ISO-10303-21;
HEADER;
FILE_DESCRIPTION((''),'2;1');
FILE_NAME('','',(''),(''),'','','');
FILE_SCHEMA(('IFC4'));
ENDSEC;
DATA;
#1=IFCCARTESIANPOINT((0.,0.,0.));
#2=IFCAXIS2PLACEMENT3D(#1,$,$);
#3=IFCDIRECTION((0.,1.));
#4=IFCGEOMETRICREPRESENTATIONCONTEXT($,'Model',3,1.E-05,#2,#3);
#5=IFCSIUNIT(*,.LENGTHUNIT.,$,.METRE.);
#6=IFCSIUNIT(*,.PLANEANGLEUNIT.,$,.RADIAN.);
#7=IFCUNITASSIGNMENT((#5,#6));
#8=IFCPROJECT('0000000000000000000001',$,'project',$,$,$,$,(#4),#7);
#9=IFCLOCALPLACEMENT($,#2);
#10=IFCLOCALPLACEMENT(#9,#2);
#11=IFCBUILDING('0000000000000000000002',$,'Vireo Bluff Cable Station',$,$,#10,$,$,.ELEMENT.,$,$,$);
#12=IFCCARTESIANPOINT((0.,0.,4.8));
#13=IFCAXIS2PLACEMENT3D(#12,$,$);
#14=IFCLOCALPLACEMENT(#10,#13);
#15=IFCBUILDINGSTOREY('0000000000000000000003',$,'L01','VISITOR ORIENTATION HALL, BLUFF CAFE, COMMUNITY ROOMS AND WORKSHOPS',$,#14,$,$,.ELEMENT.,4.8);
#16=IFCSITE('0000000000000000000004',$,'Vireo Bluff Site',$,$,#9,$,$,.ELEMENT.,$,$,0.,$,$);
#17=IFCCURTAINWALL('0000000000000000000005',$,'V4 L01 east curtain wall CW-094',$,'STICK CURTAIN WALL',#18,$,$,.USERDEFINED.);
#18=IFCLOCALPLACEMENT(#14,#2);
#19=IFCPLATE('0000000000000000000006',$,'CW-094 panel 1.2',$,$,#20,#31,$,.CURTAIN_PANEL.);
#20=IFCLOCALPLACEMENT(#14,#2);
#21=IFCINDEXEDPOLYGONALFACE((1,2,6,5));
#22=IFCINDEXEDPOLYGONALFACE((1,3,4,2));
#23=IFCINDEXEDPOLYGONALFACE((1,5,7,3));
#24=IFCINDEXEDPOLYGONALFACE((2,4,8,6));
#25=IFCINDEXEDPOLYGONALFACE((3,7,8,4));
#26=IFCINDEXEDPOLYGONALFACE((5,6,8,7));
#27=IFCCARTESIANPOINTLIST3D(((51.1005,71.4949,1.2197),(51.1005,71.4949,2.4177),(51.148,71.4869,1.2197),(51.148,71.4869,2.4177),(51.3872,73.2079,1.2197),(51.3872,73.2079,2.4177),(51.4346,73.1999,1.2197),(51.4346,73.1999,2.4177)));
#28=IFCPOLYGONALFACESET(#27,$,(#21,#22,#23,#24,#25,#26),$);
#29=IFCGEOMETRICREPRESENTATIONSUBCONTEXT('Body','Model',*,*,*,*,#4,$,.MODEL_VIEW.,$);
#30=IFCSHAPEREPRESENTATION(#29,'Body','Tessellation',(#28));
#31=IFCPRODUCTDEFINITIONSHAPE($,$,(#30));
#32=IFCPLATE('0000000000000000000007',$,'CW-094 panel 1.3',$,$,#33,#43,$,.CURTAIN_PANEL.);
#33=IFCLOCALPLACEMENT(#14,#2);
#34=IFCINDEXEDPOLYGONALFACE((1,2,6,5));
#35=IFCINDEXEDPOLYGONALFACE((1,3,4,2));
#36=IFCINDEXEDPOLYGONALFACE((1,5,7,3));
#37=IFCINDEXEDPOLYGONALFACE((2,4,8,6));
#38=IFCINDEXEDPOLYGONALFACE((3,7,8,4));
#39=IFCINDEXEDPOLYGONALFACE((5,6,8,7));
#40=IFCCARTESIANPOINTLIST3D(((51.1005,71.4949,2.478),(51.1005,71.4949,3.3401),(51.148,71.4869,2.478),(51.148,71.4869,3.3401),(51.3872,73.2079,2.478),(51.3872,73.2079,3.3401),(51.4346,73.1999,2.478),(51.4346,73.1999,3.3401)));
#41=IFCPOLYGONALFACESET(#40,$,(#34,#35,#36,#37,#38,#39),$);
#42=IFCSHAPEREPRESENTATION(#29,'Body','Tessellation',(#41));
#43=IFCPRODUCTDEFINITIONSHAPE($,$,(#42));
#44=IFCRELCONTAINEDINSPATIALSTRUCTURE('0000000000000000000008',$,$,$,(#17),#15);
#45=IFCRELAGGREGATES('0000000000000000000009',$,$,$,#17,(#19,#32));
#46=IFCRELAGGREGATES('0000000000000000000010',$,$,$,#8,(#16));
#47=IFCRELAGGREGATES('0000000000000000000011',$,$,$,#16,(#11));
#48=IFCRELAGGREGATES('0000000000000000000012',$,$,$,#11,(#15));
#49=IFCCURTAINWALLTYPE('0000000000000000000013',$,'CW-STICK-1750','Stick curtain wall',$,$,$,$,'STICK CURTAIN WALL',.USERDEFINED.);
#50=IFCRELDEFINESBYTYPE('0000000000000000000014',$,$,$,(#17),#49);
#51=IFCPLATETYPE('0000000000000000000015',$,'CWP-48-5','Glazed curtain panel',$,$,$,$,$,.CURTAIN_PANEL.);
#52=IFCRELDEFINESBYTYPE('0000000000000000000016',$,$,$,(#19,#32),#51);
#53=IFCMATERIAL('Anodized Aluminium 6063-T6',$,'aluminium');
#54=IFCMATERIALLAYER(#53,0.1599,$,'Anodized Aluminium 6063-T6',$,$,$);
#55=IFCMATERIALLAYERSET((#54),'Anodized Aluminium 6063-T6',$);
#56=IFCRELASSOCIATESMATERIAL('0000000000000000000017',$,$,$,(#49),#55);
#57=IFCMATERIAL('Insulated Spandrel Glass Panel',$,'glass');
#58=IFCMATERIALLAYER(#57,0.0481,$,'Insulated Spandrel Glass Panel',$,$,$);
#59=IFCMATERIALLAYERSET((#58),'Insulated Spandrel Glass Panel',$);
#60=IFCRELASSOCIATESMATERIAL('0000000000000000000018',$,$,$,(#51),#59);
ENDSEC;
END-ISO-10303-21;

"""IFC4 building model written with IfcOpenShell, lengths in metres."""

from ifc_helpers import new_model, si_unit, direction, frame, origin, origin_2d, place, context, subcontext, project, spatial, rectangle, extrude, material, layer, layer_set, type_object, element, aggregate, save


model = new_model("IFC4")

# Units and contexts
model_context = context("Model", 3, precision=1e-05, world=origin(), true_north=direction((0.0, 1.0)))
body_context = subcontext(model_context, "Body", "Model", "MODEL_VIEW")
ifc_project = project(units=[si_unit("LENGTHUNIT", "METRE"), si_unit("PLANEANGLEUNIT", "RADIAN")], contexts=[model_context])

# Site, building, storey
site_placement = place(None, origin())
site = spatial("IfcSite", under=ifc_project, at=site_placement, Name="Vireo Bluff Site", CompositionType="ELEMENT", RefElevation=0.0)
building_placement = place(site_placement, origin())
building = spatial("IfcBuilding", under=site, at=building_placement, Name="Vireo Bluff Cable Station", CompositionType="ELEMENT")
storey_placement = place(building_placement, frame((0.0, 0.0, 4.8)))
storey = spatial("IfcBuildingStorey", under=building, at=storey_placement, Name="L01", Description="VISITOR ORIENTATION HALL, BLUFF CAFE, COMMUNITY ROOMS AND WORKSHOPS", CompositionType="ELEMENT", Elevation=4.8)

# Curtain wall
ifc_material_1 = material(Name="Anodized Aluminium 6063-T6", Category="aluminium")
ifc_layer_1 = layer(ifc_material_1, 0.1599, Name="Anodized Aluminium 6063-T6")
ifc_layer_set_1 = layer_set([ifc_layer_1], Name="Anodized Aluminium 6063-T6")
curtain_wall_type_1 = type_object("IfcCurtainWallType", Name="CW-STICK-1750", Description="Stick curtain wall", ElementType="STICK CURTAIN WALL", PredefinedType="USERDEFINED", material=ifc_layer_set_1)
curtain_wall_1_placement = place(storey_placement, origin())
curtain_wall_1 = element("IfcCurtainWall", 1, at=curtain_wall_1_placement, inside=storey, type_object=curtain_wall_type_1, Name="V4 L01 east curtain wall CW-094", ObjectType="STICK CURTAIN WALL", PredefinedType="USERDEFINED")

# Plates
ifc_material_2 = material(Name="Insulated Spandrel Glass Panel", Category="glass")
ifc_layer_2 = layer(ifc_material_2, 0.0481, Name="Insulated Spandrel Glass Panel")
ifc_layer_set_2 = layer_set([ifc_layer_2], Name="Insulated Spandrel Glass Panel")
plate_type_1 = type_object("IfcPlateType", Name="CWP-48-5", Description="Glazed curtain panel", PredefinedType="CURTAIN_PANEL", material=ifc_layer_set_2)
plate_1_placement = place(storey_placement, frame((51.2676, 72.3474, 1.2197), z_axis=(0.0, 0.0, 1.0), x_axis=(-0.165048, -0.986286, 0.0)))
plate_1 = element("IfcPlate", 2, at=plate_1_placement, type_object=plate_type_1, Name="CW-094 panel 1.2", PredefinedType="CURTAIN_PANEL", context=body_context, shape_type="SweptSolid", body=[
    extrude(rectangle(XDim=1.7368, YDim=0.0481, at=origin_2d()), origin(), (0.0, 0.0, 1.0), 1.198),
])
plate_2_placement = place(storey_placement, frame((51.2676, 72.3474, 2.478), z_axis=(0.0, 0.0, 1.0), x_axis=(-0.165048, -0.986286, 0.0)))
plate_2 = element("IfcPlate", 3, at=plate_2_placement, type_object=plate_type_1, Name="CW-094 panel 1.3", PredefinedType="CURTAIN_PANEL", context=body_context, shape_type="SweptSolid", body=[
    extrude(rectangle(XDim=1.7368, YDim=0.0481, at=origin_2d()), origin(), (0.0, 0.0, 1.0), 0.8621),
])
aggregate(curtain_wall_1, [plate_1, plate_2])

save(model, "model.ifc")
